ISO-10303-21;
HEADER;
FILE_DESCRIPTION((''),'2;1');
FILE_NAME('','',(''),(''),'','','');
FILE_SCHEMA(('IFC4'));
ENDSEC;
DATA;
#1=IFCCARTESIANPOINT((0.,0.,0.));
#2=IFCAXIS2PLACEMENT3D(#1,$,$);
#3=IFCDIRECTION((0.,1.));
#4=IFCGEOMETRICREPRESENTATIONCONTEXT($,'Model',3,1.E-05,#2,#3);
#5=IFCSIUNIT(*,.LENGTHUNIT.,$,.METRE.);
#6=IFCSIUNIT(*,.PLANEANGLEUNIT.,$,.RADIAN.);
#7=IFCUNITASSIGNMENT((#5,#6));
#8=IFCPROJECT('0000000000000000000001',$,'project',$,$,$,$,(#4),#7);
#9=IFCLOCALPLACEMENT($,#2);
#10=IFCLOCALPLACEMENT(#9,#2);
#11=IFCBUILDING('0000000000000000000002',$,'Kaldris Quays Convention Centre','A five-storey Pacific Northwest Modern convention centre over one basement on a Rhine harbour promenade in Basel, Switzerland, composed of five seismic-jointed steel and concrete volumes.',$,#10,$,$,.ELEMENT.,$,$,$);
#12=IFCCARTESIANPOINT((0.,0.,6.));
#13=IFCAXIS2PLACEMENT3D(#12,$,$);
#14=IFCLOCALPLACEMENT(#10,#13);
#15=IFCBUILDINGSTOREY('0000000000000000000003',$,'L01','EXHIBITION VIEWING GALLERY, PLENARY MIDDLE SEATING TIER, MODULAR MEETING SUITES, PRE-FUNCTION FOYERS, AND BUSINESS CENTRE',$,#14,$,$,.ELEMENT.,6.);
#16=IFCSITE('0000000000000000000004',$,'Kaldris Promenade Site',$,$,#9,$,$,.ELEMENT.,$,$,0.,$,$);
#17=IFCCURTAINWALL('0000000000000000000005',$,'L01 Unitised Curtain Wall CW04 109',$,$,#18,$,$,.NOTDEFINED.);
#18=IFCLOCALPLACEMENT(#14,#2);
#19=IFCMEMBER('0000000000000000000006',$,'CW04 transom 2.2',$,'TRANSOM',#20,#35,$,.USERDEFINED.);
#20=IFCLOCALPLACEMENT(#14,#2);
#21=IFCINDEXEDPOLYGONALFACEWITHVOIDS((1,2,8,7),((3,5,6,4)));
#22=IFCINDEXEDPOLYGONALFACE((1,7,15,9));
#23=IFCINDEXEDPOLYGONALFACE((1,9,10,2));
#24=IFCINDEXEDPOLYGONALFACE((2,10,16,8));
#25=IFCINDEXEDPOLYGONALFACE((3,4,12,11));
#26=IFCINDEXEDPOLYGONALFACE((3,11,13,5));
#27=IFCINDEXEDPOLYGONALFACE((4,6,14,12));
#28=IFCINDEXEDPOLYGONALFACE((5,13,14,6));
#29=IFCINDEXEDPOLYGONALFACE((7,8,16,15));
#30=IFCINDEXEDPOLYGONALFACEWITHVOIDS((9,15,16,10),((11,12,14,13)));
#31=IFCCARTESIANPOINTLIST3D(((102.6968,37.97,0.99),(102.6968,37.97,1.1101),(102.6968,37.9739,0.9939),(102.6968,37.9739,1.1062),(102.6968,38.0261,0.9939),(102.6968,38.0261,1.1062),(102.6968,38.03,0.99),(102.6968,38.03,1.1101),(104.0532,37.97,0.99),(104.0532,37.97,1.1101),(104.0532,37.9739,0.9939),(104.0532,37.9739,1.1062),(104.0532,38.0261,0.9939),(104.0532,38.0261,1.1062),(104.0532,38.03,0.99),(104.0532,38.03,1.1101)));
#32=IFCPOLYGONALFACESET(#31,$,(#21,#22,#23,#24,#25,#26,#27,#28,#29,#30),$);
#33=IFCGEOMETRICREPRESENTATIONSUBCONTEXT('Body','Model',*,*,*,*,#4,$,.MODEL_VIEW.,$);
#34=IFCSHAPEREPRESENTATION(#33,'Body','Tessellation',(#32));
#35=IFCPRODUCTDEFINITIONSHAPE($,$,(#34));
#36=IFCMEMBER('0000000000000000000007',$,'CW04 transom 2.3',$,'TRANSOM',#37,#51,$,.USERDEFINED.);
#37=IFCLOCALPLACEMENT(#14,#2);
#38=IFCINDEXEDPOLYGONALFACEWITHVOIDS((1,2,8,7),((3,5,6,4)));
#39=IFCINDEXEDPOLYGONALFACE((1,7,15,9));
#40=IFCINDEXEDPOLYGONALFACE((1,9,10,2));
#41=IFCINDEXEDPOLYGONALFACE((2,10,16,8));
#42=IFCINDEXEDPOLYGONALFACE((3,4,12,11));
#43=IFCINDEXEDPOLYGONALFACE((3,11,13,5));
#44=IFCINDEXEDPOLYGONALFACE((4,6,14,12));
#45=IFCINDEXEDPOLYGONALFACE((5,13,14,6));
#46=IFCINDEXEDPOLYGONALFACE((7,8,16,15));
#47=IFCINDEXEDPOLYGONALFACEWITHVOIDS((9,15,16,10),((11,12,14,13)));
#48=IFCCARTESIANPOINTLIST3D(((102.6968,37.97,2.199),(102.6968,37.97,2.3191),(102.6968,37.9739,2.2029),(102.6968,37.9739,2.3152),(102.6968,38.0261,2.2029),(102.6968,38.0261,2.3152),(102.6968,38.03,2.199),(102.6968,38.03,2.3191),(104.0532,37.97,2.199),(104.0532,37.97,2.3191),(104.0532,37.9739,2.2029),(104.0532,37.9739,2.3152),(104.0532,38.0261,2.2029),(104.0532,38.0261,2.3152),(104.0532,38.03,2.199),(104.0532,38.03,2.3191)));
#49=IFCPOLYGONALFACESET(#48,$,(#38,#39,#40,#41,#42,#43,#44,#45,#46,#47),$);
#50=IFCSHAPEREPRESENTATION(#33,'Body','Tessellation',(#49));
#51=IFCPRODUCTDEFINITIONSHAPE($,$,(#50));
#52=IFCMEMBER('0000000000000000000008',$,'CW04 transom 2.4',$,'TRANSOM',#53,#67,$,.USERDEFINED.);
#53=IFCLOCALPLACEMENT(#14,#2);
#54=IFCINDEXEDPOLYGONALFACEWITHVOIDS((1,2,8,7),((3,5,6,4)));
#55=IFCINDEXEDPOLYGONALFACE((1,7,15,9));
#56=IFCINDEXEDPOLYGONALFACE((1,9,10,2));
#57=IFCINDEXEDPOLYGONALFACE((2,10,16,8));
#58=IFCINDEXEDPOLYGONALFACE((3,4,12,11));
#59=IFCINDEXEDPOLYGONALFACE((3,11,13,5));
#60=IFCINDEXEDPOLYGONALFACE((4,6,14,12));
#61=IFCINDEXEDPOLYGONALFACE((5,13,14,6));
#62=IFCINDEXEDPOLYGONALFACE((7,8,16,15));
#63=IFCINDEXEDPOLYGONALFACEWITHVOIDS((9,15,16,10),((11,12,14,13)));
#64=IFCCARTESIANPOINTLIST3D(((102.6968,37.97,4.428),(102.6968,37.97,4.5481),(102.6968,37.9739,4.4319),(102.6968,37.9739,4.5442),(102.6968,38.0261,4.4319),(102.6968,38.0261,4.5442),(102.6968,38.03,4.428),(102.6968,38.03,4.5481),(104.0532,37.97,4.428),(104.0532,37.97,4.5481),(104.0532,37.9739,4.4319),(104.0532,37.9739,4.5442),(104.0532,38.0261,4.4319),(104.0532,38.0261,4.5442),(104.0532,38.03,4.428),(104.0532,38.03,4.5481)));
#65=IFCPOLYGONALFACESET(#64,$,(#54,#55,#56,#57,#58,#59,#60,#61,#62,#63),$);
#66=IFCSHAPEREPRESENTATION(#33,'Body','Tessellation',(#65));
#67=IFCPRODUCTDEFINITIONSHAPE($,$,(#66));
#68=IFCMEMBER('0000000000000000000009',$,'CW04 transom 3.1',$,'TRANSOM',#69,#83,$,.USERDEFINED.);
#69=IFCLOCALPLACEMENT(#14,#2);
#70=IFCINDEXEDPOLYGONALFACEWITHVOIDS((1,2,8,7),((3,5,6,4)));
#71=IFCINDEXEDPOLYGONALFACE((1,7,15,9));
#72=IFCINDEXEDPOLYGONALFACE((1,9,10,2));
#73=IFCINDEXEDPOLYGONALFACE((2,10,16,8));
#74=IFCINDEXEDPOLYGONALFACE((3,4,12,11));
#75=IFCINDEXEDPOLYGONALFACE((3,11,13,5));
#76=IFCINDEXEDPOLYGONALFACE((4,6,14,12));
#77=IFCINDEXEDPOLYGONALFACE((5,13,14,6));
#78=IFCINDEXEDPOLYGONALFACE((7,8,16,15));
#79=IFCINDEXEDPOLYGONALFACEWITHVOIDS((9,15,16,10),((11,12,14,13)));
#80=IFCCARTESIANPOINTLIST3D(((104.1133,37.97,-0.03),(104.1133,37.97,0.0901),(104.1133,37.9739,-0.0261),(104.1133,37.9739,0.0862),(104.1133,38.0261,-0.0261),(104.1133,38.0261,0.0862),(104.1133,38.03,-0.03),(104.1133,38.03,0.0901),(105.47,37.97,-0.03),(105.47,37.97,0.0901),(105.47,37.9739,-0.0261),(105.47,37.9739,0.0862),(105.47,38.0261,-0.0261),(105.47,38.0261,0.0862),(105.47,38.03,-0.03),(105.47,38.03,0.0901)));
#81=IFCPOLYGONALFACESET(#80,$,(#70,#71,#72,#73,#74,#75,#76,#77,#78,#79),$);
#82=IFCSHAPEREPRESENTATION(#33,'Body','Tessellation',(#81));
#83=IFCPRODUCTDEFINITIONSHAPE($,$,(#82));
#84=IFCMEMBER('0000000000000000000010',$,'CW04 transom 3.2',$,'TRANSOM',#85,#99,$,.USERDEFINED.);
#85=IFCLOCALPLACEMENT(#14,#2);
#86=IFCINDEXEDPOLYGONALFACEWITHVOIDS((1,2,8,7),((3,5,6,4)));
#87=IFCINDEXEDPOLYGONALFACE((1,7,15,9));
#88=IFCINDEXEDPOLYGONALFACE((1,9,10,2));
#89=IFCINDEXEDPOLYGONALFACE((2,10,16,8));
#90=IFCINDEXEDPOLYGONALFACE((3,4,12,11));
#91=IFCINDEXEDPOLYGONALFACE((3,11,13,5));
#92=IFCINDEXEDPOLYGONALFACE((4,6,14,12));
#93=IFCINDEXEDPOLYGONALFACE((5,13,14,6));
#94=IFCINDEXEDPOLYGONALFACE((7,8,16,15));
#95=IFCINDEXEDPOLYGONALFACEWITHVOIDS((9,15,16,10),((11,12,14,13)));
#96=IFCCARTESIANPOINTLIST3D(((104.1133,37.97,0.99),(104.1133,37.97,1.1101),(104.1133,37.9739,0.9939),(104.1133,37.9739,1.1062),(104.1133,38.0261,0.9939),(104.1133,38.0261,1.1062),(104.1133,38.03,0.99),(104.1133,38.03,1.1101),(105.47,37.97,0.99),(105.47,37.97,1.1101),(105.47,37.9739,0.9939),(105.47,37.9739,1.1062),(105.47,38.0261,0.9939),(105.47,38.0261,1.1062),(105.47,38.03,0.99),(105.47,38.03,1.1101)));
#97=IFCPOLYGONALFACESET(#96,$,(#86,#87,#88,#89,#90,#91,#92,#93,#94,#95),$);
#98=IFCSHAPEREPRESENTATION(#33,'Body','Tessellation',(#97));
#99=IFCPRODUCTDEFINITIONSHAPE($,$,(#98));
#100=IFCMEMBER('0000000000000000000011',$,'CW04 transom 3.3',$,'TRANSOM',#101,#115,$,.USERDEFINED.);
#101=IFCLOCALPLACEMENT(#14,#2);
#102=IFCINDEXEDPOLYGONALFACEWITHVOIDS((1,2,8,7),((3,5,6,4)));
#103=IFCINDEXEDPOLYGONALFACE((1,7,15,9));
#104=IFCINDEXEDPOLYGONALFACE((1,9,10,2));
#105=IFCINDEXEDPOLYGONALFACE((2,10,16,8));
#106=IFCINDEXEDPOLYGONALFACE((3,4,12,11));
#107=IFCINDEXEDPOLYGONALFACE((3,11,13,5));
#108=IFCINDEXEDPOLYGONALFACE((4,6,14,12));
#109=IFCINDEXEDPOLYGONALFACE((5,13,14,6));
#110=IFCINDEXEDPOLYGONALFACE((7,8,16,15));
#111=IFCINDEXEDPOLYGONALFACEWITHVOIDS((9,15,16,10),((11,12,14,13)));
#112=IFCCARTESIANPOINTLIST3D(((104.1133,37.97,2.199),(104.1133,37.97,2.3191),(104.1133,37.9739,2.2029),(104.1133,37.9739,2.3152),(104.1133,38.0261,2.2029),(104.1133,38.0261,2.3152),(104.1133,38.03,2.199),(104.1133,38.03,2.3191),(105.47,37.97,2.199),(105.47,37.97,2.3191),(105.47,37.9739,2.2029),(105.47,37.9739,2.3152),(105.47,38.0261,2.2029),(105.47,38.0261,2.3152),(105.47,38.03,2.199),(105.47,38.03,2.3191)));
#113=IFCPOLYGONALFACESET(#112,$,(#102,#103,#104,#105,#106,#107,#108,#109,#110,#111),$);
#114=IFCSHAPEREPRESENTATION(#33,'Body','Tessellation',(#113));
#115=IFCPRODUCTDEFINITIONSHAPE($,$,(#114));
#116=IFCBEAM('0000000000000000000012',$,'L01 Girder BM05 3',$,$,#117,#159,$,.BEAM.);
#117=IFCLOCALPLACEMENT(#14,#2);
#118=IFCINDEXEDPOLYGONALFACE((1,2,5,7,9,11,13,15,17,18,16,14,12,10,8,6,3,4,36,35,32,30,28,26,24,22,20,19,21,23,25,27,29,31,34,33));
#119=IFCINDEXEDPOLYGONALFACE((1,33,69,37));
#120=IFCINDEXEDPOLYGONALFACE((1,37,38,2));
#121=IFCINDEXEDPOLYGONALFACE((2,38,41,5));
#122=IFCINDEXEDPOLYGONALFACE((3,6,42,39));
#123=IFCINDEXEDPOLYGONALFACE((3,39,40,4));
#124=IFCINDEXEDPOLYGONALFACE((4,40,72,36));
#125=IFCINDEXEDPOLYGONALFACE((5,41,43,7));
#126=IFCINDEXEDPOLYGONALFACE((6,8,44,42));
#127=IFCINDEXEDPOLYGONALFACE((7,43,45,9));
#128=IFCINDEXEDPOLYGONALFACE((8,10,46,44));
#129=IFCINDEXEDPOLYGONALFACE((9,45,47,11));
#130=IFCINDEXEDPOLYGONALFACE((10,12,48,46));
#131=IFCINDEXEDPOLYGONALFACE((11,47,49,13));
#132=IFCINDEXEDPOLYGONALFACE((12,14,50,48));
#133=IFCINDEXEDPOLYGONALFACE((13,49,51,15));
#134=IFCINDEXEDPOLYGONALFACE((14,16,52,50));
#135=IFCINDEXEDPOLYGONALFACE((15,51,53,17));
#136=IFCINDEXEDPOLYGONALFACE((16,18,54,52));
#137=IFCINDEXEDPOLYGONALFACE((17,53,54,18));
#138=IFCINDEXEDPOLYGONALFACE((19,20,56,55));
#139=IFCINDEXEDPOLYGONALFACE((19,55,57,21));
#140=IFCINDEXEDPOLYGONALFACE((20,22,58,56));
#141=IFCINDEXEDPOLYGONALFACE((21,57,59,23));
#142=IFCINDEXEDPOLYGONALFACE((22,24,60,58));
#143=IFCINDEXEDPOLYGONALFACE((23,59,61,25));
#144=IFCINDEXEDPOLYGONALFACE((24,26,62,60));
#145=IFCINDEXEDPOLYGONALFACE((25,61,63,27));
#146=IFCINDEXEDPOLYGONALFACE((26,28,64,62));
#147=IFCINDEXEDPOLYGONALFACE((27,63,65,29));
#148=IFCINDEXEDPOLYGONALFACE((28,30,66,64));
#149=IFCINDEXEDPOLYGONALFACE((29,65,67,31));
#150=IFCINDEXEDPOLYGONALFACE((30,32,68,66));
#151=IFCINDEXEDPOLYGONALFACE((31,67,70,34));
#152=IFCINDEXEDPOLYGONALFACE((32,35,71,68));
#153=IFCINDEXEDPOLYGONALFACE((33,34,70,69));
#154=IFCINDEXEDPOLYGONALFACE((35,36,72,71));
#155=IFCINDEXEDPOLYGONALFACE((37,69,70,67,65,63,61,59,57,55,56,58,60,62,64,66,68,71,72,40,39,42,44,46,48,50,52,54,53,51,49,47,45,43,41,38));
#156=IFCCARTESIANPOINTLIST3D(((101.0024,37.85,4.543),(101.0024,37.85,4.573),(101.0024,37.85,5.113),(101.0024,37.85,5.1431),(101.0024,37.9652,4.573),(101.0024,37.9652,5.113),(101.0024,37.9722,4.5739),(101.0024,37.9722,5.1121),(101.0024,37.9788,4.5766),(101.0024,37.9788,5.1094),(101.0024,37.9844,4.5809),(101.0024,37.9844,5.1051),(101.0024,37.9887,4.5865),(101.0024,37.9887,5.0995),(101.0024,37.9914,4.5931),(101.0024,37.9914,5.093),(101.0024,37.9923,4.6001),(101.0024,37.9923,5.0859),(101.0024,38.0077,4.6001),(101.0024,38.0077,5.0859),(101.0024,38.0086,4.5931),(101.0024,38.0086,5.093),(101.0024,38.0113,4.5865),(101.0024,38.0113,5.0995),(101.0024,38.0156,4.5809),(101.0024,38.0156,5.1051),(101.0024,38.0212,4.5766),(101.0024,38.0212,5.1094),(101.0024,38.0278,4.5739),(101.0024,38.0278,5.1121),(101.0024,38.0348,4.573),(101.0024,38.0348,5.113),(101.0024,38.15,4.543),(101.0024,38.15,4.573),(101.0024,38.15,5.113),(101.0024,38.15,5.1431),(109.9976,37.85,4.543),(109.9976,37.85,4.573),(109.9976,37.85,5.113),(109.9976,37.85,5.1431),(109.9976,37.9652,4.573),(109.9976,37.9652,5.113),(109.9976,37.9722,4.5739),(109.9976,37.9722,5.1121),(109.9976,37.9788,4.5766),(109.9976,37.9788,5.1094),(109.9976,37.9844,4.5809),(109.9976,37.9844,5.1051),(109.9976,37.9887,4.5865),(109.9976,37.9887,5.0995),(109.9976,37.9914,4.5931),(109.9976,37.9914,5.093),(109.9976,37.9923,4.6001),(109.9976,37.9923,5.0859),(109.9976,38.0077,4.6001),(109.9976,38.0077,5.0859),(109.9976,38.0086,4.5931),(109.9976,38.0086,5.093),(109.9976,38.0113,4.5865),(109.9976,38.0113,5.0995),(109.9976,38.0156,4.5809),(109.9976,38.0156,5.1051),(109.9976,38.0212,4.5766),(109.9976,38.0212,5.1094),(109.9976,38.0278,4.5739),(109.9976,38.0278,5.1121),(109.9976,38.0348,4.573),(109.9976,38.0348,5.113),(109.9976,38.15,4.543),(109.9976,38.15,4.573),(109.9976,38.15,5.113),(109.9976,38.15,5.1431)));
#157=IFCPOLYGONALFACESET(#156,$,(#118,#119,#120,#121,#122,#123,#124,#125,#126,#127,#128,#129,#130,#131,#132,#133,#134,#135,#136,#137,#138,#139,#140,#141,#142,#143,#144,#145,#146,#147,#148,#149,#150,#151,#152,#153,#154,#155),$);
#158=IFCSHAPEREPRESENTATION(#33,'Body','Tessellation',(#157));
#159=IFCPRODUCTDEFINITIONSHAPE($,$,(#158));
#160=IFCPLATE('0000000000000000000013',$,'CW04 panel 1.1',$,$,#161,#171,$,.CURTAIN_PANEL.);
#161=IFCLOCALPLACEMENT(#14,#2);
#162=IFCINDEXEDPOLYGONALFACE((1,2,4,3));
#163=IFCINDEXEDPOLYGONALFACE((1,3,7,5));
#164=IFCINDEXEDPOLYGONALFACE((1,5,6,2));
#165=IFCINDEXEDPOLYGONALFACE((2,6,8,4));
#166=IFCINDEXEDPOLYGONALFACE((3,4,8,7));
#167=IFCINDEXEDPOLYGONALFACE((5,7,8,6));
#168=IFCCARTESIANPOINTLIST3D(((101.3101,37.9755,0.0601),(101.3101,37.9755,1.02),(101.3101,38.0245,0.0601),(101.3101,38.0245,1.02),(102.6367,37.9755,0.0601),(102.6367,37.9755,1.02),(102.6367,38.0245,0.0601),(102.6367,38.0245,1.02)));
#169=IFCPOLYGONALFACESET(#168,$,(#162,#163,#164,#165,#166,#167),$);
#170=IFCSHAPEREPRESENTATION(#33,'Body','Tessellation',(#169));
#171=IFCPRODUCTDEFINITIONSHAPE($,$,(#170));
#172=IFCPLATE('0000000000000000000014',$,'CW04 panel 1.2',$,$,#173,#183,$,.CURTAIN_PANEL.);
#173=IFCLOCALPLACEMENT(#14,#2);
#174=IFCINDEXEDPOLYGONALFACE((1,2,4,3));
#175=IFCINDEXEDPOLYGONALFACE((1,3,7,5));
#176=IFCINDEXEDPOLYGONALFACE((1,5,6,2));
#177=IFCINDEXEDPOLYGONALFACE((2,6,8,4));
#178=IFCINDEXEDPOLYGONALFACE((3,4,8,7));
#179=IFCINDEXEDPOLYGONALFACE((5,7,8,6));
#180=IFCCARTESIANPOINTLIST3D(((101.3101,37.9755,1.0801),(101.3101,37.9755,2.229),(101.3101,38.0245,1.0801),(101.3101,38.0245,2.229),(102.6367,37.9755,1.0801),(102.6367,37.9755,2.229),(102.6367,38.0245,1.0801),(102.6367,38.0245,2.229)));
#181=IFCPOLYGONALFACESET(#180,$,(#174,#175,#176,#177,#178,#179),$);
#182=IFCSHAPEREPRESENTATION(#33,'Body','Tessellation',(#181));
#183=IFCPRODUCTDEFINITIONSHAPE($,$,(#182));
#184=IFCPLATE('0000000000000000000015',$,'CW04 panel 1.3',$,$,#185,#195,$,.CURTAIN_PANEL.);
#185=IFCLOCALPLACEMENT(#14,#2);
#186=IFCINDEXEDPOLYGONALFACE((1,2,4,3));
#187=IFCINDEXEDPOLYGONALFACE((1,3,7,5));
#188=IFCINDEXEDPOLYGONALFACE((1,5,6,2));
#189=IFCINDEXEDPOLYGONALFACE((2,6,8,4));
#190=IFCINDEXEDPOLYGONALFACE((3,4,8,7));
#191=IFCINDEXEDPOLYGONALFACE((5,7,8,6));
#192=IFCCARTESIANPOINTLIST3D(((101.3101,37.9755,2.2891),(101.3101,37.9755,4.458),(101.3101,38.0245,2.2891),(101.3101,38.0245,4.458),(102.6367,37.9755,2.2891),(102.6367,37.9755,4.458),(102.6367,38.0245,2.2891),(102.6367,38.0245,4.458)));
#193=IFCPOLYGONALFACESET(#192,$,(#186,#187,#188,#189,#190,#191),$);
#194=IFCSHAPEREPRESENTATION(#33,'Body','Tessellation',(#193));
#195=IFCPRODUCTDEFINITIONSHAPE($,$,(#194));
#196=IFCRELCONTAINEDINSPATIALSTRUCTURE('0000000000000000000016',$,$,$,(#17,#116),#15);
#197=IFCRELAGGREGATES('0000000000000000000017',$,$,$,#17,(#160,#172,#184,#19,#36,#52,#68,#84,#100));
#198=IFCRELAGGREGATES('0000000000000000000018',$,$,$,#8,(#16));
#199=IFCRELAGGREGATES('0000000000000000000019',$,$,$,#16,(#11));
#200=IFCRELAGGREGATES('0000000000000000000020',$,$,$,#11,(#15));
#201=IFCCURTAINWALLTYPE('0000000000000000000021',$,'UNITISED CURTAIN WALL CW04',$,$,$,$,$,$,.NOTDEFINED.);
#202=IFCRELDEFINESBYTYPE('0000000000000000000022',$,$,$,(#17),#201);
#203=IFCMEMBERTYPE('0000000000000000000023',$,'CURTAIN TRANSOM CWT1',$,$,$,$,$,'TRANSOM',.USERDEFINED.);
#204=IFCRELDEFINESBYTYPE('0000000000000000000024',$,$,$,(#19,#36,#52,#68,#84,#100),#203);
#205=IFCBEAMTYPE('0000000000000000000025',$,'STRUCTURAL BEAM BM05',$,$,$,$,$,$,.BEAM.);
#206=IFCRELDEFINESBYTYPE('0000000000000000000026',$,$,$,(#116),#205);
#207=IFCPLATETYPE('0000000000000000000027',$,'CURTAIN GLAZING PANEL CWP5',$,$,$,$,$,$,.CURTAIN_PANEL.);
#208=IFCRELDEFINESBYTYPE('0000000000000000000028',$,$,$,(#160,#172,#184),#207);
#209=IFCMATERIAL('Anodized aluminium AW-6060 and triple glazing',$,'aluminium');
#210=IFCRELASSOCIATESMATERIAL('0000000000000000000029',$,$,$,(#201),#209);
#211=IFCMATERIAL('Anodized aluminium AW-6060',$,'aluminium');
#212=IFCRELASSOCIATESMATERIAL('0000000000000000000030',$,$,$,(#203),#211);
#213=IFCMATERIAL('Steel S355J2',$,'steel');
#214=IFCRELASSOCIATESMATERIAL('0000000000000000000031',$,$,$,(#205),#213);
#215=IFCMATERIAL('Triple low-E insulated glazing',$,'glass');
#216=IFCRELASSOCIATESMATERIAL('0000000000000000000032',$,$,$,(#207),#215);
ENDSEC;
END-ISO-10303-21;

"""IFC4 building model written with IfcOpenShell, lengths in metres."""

from ifc_helpers import new_model, si_unit, direction, frame, origin, origin_2d, place, context, subcontext, project, spatial, rectangle, hollow_rectangle, i_section, extrude, material, material_profile, profile_set, type_object, element, aggregate, save


model = new_model("IFC4")

# Units and contexts
model_context = context("Model", 3, precision=1e-05, world=origin(), true_north=direction((0.0, 1.0)))
body_context = subcontext(model_context, "Body", "Model", "MODEL_VIEW")
ifc_project = project(units=[si_unit("LENGTHUNIT", "METRE"), si_unit("PLANEANGLEUNIT", "RADIAN")], contexts=[model_context])

# Site, building, storey
site_placement = place(None, origin())
site = spatial("IfcSite", under=ifc_project, at=site_placement, Name="Kaldris Promenade Site", CompositionType="ELEMENT", RefElevation=0.0)
building_placement = place(site_placement, origin())
building = spatial("IfcBuilding", under=site, at=building_placement, Name="Kaldris Quays Convention Centre", Description="A five-storey Pacific Northwest Modern convention centre over one basement on a Rhine harbour promenade in Basel, Switzerland, composed of five seismic-jointed steel and concrete volumes.", CompositionType="ELEMENT")
storey_placement = place(building_placement, frame((0.0, 0.0, 6.0)))
storey = spatial("IfcBuildingStorey", under=building, at=storey_placement, Name="L01", Description="EXHIBITION VIEWING GALLERY, PLENARY MIDDLE SEATING TIER, MODULAR MEETING SUITES, PRE-FUNCTION FOYERS, AND BUSINESS CENTRE", CompositionType="ELEMENT", Elevation=6.0)

# Shared definitions
ifc_material_1 = material(Name="Steel S355J2", Category="steel")

# Curtain wall, members
ifc_material_2 = material(Name="Anodized aluminium AW-6060 and triple glazing", Category="aluminium")
curtain_wall_type = type_object("IfcCurtainWallType", Name="UNITISED CURTAIN WALL CW04", PredefinedType="NOTDEFINED", material=ifc_material_2)
curtain_wall_placement = place(storey_placement, origin())
curtain_wall = element("IfcCurtainWall", 1, at=curtain_wall_placement, inside=storey, type_object=curtain_wall_type, Name="L01 Unitised Curtain Wall CW04 109", PredefinedType="NOTDEFINED")
ifc_material_3 = material(Name="Anodized aluminium AW-6060", Category="aluminium")
ifc_material_profile_1 = material_profile(ifc_material_3, hollow_rectangle(XDim=0.0601, YDim=0.1201, WallThickness=0.0039, at=origin_2d()), Name="RHS 120x60x4")
ifc_profile_set_1 = profile_set([ifc_material_profile_1], Name="Anodized aluminium AW-6060")
member_type_1 = type_object("IfcMemberType", Name="CURTAIN TRANSOM CWT1", ElementType="TRANSOM", PredefinedType="USERDEFINED", material=ifc_profile_set_1)
member_1_placement = place(storey_placement, frame((102.6968, 38.0, 1.05), z_axis=(1.0, 0.0, 0.0), x_axis=(0.0, 1.0, 0.0)))
member_1 = element("IfcMember", 2, at=member_1_placement, type_object=member_type_1, Name="CW04 transom 2.2", ObjectType="TRANSOM", PredefinedType="USERDEFINED", context=body_context, shape_type="SweptSolid", body=[
    extrude(hollow_rectangle(XDim=0.0601, YDim=0.1201, WallThickness=0.0039, at=origin_2d()), origin(), (0.0, 0.0, 1.0), 1.3564),
])
member_2_placement = place(storey_placement, frame((102.6968, 38.0, 2.259), z_axis=(1.0, 0.0, 0.0), x_axis=(0.0, 1.0, 0.0)))
member_2 = element("IfcMember", 3, at=member_2_placement, type_object=member_type_1, Name="CW04 transom 2.3", ObjectType="TRANSOM", PredefinedType="USERDEFINED", context=body_context, shape_type="SweptSolid", body=[
    extrude(hollow_rectangle(XDim=0.0601, YDim=0.1201, WallThickness=0.0039, at=origin_2d()), origin(), (0.0, 0.0, 1.0), 1.3564),
])
member_3_placement = place(storey_placement, frame((102.6968, 38.0, 4.488), z_axis=(1.0, 0.0, 0.0), x_axis=(0.0, 1.0, 0.0)))
member_3 = element("IfcMember", 4, at=member_3_placement, type_object=member_type_1, Name="CW04 transom 2.4", ObjectType="TRANSOM", PredefinedType="USERDEFINED", context=body_context, shape_type="SweptSolid", body=[
    extrude(hollow_rectangle(XDim=0.0601, YDim=0.1201, WallThickness=0.0039, at=origin_2d()), origin(), (0.0, 0.0, 1.0), 1.3564),
])
member_4_placement = place(storey_placement, frame((104.1133, 38.0, 0.03), z_axis=(1.0, 0.0, 0.0), x_axis=(0.0, 1.0, 0.0)))
member_4 = element("IfcMember", 5, at=member_4_placement, type_object=member_type_1, Name="CW04 transom 3.1", ObjectType="TRANSOM", PredefinedType="USERDEFINED", context=body_context, shape_type="SweptSolid", body=[
    extrude(hollow_rectangle(XDim=0.0601, YDim=0.1201, WallThickness=0.0039, at=origin_2d()), origin(), (0.0, 0.0, 1.0), 1.3567),
])
member_5_placement = place(storey_placement, frame((104.1133, 38.0, 1.05), z_axis=(1.0, 0.0, 0.0), x_axis=(0.0, 1.0, 0.0)))
member_5 = element("IfcMember", 6, at=member_5_placement, type_object=member_type_1, Name="CW04 transom 3.2", ObjectType="TRANSOM", PredefinedType="USERDEFINED", context=body_context, shape_type="SweptSolid", body=[
    extrude(hollow_rectangle(XDim=0.0601, YDim=0.1201, WallThickness=0.0039, at=origin_2d()), origin(), (0.0, 0.0, 1.0), 1.3567),
])
member_6_placement = place(storey_placement, frame((104.1133, 38.0, 2.259), z_axis=(1.0, 0.0, 0.0), x_axis=(0.0, 1.0, 0.0)))
member_6 = element("IfcMember", 7, at=member_6_placement, type_object=member_type_1, Name="CW04 transom 3.3", ObjectType="TRANSOM", PredefinedType="USERDEFINED", context=body_context, shape_type="SweptSolid", body=[
    extrude(hollow_rectangle(XDim=0.0601, YDim=0.1201, WallThickness=0.0039, at=origin_2d()), origin(), (0.0, 0.0, 1.0), 1.3567),
])

# Beam
ifc_material_profile_2 = material_profile(ifc_material_1, i_section(OverallWidth=0.3, OverallDepth=0.6001, WebThickness=0.0154, FlangeThickness=0.03, FilletRadius=0.0271, at=origin_2d()), Name="HEB 600")
ifc_profile_set_2 = profile_set([ifc_material_profile_2], Name="Steel S355J2")
beam_type = type_object("IfcBeamType", Name="STRUCTURAL BEAM BM05", PredefinedType="BEAM", material=ifc_profile_set_2)
beam_placement = place(storey_placement, frame((101.0024, 38.0, 4.843), z_axis=(1.0, 0.0, 0.0), x_axis=(0.0, 1.0, 0.0)))
element("IfcBeam", 8, at=beam_placement, inside=storey, type_object=beam_type, Name="L01 Girder BM05 3", PredefinedType="BEAM", context=body_context, shape_type="SweptSolid", body=[
    extrude(i_section(OverallWidth=0.3, OverallDepth=0.6001, WebThickness=0.0154, FlangeThickness=0.03, FilletRadius=0.0271, at=origin_2d()), origin(), (0.0, 0.0, 1.0), 8.9951),
])

# Plates
ifc_material_4 = material(Name="Triple low-E insulated glazing", Category="glass")
plate_type = type_object("IfcPlateType", Name="CURTAIN GLAZING PANEL CWP5", PredefinedType="CURTAIN_PANEL", material=ifc_material_4)
plate_1_placement = place(storey_placement, frame((101.9734, 38.0, 0.0601), z_axis=(0.0, 0.0, 1.0), x_axis=(1.0, 0.0, 0.0)))
plate_1 = element("IfcPlate", 9, at=plate_1_placement, type_object=plate_type, Name="CW04 panel 1.1", PredefinedType="CURTAIN_PANEL", context=body_context, shape_type="SweptSolid", body=[
    extrude(rectangle(XDim=1.3267, YDim=0.0491, at=origin_2d()), origin(), (0.0, 0.0, 1.0), 0.96),
])
plate_2_placement = place(storey_placement, frame((101.9734, 38.0, 1.0801), z_axis=(0.0, 0.0, 1.0), x_axis=(1.0, 0.0, 0.0)))
plate_2 = element("IfcPlate", 10, at=plate_2_placement, type_object=plate_type, Name="CW04 panel 1.2", PredefinedType="CURTAIN_PANEL", context=body_context, shape_type="SweptSolid", body=[
    extrude(rectangle(XDim=1.3267, YDim=0.0491, at=origin_2d()), origin(), (0.0, 0.0, 1.0), 1.1489),
])
plate_3_placement = place(storey_placement, frame((101.9734, 38.0, 2.2891), z_axis=(0.0, 0.0, 1.0), x_axis=(1.0, 0.0, 0.0)))
plate_3 = element("IfcPlate", 11, at=plate_3_placement, type_object=plate_type, Name="CW04 panel 1.3", PredefinedType="CURTAIN_PANEL", context=body_context, shape_type="SweptSolid", body=[
    extrude(rectangle(XDim=1.3267, YDim=0.0491, at=origin_2d()), origin(), (0.0, 0.0, 1.0), 2.1689),
])
aggregate(curtain_wall, [plate_1, plate_2, plate_3, member_1, member_2, member_3, member_4, member_5, member_6])

save(model, "model.ifc")
